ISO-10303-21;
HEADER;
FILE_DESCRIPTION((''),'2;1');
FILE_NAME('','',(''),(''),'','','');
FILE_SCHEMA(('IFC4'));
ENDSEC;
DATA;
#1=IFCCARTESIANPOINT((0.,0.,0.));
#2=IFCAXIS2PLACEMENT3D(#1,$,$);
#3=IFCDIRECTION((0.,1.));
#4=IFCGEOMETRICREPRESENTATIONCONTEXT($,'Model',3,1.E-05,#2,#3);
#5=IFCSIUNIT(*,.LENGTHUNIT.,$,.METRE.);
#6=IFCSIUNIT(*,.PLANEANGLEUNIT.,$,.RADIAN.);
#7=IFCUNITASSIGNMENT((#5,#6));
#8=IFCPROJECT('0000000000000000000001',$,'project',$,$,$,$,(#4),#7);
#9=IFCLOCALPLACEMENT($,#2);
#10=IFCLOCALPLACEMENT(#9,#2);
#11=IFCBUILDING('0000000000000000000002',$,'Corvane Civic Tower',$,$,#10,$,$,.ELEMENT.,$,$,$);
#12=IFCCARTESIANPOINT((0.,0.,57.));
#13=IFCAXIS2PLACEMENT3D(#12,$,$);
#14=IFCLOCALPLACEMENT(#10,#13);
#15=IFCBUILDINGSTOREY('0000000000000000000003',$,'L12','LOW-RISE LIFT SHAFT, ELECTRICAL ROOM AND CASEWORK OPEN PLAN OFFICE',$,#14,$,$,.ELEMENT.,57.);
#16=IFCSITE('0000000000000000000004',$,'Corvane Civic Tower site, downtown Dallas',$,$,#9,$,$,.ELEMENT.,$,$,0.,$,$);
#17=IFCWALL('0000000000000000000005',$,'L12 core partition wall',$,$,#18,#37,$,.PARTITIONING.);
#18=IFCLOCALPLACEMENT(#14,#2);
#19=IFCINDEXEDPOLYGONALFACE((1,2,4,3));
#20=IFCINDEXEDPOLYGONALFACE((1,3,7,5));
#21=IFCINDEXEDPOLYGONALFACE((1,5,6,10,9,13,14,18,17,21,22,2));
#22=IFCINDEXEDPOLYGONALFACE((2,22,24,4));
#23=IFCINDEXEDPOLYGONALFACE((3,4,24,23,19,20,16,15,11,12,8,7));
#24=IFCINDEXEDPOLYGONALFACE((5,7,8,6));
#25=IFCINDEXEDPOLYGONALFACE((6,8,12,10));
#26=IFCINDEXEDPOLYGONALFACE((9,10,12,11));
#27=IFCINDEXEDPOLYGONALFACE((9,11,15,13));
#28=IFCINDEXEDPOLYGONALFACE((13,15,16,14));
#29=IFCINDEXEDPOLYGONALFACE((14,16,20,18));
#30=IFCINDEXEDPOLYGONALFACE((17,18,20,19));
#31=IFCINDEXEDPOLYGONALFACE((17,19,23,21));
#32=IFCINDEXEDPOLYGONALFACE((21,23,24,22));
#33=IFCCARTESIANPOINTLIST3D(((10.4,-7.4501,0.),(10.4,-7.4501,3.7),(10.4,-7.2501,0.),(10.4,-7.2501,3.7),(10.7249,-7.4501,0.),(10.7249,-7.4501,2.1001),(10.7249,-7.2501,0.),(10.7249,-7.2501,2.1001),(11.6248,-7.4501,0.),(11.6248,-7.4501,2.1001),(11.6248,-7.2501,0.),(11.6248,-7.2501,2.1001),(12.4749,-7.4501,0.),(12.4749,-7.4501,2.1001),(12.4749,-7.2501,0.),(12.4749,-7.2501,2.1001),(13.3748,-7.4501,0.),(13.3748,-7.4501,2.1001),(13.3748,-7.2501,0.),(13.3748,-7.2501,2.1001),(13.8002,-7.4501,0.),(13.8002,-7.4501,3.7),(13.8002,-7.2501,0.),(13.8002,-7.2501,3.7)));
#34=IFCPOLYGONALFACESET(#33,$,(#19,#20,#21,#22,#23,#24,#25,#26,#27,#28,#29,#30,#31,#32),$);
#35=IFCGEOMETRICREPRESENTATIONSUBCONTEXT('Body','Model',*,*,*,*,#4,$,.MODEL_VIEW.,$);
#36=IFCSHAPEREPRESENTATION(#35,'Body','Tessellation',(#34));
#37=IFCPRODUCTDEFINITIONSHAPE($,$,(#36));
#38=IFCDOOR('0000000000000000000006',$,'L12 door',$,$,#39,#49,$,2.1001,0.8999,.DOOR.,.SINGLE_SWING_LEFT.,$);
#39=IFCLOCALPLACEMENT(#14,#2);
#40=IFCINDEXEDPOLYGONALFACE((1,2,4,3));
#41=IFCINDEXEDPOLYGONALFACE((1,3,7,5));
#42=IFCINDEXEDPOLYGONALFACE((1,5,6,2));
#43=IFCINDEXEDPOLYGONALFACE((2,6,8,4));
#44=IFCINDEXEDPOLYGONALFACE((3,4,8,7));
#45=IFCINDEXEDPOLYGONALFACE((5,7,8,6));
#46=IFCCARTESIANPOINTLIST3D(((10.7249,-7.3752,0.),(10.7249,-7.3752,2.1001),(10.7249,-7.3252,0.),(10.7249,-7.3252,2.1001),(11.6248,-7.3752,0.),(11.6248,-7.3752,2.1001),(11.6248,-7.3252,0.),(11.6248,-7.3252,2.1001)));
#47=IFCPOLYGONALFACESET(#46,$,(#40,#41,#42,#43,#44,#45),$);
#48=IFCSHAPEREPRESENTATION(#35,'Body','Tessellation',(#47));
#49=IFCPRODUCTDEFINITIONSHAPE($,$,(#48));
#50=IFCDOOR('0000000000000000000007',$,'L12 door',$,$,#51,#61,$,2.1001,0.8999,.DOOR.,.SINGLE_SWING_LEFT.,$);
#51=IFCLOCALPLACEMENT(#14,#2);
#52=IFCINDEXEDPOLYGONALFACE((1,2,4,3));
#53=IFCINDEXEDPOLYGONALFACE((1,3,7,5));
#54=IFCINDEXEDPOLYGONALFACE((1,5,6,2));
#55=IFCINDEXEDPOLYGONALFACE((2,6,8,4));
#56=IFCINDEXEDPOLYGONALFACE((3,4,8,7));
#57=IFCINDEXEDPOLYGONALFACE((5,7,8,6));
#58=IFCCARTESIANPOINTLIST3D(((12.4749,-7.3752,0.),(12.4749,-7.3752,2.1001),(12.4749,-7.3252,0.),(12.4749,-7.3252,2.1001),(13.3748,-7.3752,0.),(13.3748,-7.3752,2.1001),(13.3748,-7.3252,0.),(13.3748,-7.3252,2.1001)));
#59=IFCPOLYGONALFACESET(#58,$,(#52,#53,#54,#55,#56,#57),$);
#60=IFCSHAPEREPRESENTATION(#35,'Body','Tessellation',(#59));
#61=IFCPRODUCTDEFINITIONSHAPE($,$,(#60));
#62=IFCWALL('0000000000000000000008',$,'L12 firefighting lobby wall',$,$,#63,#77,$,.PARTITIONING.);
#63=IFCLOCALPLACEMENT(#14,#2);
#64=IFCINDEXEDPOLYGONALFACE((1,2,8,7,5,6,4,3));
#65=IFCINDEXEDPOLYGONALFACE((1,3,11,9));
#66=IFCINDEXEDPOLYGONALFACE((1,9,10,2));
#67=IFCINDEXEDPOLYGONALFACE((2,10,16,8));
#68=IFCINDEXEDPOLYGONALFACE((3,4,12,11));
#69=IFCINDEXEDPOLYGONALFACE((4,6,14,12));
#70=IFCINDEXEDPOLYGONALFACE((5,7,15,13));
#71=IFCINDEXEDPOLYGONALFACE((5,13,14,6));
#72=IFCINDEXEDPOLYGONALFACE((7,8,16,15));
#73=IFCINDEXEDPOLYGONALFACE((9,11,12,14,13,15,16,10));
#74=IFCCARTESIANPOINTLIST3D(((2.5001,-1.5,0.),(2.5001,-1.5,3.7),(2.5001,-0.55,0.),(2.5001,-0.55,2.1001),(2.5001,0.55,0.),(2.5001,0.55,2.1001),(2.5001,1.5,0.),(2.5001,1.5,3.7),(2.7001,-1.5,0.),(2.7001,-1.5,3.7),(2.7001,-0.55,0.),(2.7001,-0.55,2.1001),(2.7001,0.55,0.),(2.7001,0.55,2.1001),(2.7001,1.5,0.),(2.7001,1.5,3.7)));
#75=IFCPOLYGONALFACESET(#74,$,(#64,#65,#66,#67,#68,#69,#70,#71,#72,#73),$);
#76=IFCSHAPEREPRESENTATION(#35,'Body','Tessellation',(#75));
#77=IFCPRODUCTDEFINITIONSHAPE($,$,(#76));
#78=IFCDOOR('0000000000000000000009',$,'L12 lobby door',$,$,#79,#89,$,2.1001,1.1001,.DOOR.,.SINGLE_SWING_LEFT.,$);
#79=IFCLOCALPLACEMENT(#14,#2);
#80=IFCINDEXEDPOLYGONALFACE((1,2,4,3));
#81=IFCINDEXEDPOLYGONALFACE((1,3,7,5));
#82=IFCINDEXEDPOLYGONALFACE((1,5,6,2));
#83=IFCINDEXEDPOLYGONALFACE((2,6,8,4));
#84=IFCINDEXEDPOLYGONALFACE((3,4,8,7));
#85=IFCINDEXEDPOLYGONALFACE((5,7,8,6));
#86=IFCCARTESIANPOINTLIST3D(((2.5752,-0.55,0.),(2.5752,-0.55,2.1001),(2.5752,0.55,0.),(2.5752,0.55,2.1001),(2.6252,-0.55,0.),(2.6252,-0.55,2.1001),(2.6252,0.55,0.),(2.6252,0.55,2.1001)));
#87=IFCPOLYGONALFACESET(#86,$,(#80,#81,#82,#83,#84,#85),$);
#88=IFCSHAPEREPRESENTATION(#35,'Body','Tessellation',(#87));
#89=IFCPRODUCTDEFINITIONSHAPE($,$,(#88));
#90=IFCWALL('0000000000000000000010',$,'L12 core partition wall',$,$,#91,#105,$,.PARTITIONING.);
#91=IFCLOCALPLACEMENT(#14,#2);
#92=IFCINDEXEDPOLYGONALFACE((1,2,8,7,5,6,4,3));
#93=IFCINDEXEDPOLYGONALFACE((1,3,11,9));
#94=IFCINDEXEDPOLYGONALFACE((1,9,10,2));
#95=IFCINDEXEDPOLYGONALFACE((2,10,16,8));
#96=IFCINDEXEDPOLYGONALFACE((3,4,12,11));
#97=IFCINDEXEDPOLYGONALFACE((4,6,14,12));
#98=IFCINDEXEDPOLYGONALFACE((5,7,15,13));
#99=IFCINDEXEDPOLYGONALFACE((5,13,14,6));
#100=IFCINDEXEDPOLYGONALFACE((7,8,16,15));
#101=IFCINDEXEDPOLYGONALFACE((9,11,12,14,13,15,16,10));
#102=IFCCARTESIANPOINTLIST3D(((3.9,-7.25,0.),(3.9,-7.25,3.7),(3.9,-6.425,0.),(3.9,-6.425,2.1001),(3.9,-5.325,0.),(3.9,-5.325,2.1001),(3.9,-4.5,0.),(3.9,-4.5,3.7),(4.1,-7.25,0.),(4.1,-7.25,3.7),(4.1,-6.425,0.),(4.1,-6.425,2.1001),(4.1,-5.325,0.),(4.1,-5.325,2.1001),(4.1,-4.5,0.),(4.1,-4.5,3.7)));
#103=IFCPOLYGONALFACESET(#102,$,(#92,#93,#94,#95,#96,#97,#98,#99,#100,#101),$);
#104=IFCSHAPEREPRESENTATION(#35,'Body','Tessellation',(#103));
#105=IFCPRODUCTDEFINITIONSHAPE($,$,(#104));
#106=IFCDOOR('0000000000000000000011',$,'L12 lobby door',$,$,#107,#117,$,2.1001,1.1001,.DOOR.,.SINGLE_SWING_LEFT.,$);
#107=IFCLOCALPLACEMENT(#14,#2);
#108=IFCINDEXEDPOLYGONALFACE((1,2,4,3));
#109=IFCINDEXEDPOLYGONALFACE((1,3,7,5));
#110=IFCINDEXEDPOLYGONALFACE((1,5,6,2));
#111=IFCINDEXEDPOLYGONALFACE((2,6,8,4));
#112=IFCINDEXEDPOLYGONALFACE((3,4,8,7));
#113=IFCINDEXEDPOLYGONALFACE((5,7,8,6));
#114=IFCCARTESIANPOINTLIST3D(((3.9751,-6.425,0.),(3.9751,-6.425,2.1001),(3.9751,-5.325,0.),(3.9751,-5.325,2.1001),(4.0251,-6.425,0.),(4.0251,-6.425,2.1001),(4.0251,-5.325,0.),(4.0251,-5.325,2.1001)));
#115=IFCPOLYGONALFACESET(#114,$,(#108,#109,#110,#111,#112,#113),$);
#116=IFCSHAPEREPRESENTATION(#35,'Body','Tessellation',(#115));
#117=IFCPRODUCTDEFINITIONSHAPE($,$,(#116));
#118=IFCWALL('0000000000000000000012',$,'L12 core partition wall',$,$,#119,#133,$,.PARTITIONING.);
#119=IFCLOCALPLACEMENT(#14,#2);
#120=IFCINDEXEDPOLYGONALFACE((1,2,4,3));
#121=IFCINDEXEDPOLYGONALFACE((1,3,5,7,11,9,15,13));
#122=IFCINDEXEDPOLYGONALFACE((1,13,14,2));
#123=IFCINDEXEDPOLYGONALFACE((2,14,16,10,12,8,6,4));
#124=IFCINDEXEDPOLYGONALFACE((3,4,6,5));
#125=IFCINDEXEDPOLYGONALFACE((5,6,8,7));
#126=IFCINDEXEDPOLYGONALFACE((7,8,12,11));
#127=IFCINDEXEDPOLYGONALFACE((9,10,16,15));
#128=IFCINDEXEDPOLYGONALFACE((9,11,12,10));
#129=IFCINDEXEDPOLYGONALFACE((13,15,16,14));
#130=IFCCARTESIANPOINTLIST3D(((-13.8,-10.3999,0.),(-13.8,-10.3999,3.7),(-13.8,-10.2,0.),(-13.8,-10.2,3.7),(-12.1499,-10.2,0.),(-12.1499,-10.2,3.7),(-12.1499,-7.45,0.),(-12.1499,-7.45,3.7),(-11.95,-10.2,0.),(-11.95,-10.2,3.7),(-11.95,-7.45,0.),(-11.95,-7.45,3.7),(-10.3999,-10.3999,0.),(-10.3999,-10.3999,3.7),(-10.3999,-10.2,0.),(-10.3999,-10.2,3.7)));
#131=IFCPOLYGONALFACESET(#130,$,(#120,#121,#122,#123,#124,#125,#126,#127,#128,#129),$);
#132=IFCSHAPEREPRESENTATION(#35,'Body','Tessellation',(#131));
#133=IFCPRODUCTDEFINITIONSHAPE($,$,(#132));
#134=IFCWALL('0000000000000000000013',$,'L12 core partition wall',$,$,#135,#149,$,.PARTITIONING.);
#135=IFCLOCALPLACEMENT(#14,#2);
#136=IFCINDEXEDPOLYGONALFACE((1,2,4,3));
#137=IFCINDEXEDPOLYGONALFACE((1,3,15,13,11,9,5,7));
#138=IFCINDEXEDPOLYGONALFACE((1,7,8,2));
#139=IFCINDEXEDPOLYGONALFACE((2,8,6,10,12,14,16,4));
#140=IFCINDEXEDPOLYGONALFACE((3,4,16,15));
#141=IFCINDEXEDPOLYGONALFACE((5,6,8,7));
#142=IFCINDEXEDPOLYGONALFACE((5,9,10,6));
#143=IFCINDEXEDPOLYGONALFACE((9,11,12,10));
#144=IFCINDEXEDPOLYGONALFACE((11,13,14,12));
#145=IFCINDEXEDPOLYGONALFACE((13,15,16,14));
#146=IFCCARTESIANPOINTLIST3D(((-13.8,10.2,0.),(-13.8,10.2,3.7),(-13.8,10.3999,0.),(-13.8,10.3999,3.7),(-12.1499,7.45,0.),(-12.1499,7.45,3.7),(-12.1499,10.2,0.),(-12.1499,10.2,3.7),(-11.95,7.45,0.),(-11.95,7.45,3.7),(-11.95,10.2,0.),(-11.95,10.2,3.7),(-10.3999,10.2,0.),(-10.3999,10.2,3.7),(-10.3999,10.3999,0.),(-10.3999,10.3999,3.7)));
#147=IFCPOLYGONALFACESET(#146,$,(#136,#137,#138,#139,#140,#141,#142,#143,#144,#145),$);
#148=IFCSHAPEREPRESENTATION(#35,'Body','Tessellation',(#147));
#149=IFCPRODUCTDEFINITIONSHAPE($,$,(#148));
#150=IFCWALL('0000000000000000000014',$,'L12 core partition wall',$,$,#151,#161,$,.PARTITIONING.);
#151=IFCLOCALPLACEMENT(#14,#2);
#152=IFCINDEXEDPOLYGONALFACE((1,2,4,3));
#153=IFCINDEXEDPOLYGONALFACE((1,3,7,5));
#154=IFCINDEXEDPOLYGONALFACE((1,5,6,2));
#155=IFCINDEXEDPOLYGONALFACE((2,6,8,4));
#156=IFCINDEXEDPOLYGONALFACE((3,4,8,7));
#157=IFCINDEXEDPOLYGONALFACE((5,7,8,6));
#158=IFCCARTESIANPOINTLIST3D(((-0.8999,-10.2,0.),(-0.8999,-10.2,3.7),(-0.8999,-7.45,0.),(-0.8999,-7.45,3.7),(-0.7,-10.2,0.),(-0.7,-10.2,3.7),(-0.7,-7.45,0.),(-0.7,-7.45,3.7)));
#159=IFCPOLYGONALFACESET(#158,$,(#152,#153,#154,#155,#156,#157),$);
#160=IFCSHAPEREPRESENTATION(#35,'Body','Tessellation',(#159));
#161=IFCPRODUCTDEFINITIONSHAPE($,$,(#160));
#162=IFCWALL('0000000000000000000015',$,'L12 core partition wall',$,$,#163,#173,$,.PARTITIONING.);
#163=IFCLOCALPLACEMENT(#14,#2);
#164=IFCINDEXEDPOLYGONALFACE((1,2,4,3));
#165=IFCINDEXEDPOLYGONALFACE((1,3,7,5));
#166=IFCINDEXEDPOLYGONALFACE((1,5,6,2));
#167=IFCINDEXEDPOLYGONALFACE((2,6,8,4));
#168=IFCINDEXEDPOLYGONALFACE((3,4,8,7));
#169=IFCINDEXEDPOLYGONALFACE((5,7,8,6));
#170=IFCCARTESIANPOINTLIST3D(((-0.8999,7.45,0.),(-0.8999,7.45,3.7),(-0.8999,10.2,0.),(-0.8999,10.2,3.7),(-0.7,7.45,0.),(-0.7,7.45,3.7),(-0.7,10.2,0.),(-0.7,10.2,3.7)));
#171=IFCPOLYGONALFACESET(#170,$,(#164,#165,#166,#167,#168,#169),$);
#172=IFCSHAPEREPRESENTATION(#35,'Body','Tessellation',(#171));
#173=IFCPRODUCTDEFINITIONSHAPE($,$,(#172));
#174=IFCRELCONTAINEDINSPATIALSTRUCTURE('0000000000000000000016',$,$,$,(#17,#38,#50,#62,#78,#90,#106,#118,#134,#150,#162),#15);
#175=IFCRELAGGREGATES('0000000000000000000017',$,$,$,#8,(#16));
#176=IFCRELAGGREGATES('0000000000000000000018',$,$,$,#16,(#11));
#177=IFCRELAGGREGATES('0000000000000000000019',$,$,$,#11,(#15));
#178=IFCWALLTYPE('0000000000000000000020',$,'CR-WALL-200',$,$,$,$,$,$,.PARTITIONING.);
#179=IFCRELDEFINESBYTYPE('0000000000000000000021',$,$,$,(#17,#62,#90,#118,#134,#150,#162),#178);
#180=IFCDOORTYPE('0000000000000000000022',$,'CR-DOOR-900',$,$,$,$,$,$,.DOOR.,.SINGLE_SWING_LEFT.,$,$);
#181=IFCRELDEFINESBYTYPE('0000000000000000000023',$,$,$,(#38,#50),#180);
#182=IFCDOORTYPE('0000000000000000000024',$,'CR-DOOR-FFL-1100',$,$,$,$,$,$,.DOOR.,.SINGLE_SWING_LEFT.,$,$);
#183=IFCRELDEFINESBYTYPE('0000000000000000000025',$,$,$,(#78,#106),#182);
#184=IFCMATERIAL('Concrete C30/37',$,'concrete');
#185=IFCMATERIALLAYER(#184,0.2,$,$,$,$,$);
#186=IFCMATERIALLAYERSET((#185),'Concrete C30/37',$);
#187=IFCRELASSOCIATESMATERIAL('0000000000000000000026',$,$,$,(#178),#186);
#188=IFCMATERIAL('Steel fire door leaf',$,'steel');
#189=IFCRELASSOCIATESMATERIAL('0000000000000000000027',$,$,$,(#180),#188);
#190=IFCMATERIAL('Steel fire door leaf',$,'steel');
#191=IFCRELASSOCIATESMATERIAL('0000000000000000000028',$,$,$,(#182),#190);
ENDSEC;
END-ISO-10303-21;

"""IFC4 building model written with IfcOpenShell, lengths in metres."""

from ifc_helpers import new_model, si_unit, direction, frame, frame_2d, origin, place, context, subcontext, project, spatial, polyline, rectangle, outline, extrude, material, layer, layer_set, type_object, element, fill, save


model = new_model("IFC4")

# Units and contexts
model_context = context("Model", 3, precision=1e-05, world=origin(), true_north=direction((0.0, 1.0)))
body_context = subcontext(model_context, "Body", "Model", "MODEL_VIEW")
ifc_project = project(units=[si_unit("LENGTHUNIT", "METRE"), si_unit("PLANEANGLEUNIT", "RADIAN")], contexts=[model_context])

# Site, building, storey
site_placement = place(None, origin())
site = spatial("IfcSite", under=ifc_project, at=site_placement, Name="Corvane Civic Tower site, downtown Dallas", CompositionType="ELEMENT", RefElevation=0.0)
building_placement = place(site_placement, origin())
building = spatial("IfcBuilding", under=site, at=building_placement, Name="Corvane Civic Tower", CompositionType="ELEMENT")
storey_placement = place(building_placement, frame((0.0, 0.0, 57.0)))
storey = spatial("IfcBuildingStorey", under=building, at=storey_placement, Name="L12", Description="LOW-RISE LIFT SHAFT, ELECTRICAL ROOM AND CASEWORK OPEN PLAN OFFICE", CompositionType="ELEMENT", Elevation=57.0)

# Wall, openings, doors
ifc_material_1 = material(Name="Concrete C30/37", Category="concrete")
ifc_layer_1 = layer(ifc_material_1, 0.2)
ifc_layer_set_1 = layer_set([ifc_layer_1], Name="Concrete C30/37")
wall_type_1 = type_object("IfcWallType", Name="CR-WALL-200", PredefinedType="PARTITIONING", material=ifc_layer_set_1)
wall_1_placement = place(storey_placement, frame((10.3999, -7.3501, 0.0), z_axis=(0.0, 0.0, 1.0), x_axis=(1.0, 0.0, 0.0)))
wall_1 = element("IfcWall", 1, at=wall_1_placement, inside=storey, type_object=wall_type_1, Name="L12 core partition wall", PredefinedType="PARTITIONING", context=body_context, shape_type="SweptSolid", body=[
    extrude(rectangle(XDim=3.4001, YDim=0.2, at=frame_2d((1.7002, 0.0))), origin(), (0.0, 0.0, 1.0), 3.7),
])
opening_1_placement = place(wall_1_placement, frame((0.325, 0.0, 0.0)))
opening_1 = element("IfcOpeningElement", 2, at=opening_1_placement, cuts=wall_1, PredefinedType="OPENING", context=body_context, shape_type="SweptSolid", body=[
    extrude(rectangle(XDim=0.8999, YDim=2.1001, at=frame_2d((0.45, 1.05))), frame((0.0, 0.1099, 0.0), z_axis=(0.0, -1.0, 0.0), x_axis=(1.0, 0.0, 0.0)), (0.0, 0.0, 1.0), 0.22),
])
opening_2_placement = place(wall_1_placement, frame((2.075, 0.0, 0.0)))
opening_2 = element("IfcOpeningElement", 3, at=opening_2_placement, cuts=wall_1, PredefinedType="OPENING", context=body_context, shape_type="SweptSolid", body=[
    extrude(rectangle(XDim=0.8999, YDim=2.1001, at=frame_2d((0.45, 1.05))), frame((0.0, 0.1099, 0.0), z_axis=(0.0, -1.0, 0.0), x_axis=(1.0, 0.0, 0.0)), (0.0, 0.0, 1.0), 0.22),
])
ifc_material_2 = material(Name="Steel fire door leaf", Category="steel")
door_type_1 = type_object("IfcDoorType", Name="CR-DOOR-900", OperationType="SINGLE_SWING_LEFT", PredefinedType="DOOR", material=ifc_material_2)
door_1_placement = place(opening_1_placement, origin())
door_1 = element("IfcDoor", 4, at=door_1_placement, inside=storey, type_object=door_type_1, Name="L12 door", OperationType="SINGLE_SWING_LEFT", OverallHeight=2.1001, OverallWidth=0.8999, PredefinedType="DOOR", context=body_context, shape_type="SweptSolid", body=[
    extrude(rectangle(XDim=0.8999, YDim=2.1001, at=frame_2d((0.45, 1.05))), frame((0.0, 0.0249, 0.0), z_axis=(0.0, -1.0, 0.0), x_axis=(1.0, 0.0, 0.0)), (0.0, 0.0, 1.0), 0.05),
])
fill(opening_1, door_1)
door_2_placement = place(opening_2_placement, origin())
door_2 = element("IfcDoor", 5, at=door_2_placement, inside=storey, type_object=door_type_1, Name="L12 door", OperationType="SINGLE_SWING_LEFT", OverallHeight=2.1001, OverallWidth=0.8999, PredefinedType="DOOR", context=body_context, shape_type="SweptSolid", body=[
    extrude(rectangle(XDim=0.8999, YDim=2.1001, at=frame_2d((0.45, 1.05))), frame((0.0, 0.0249, 0.0), z_axis=(0.0, -1.0, 0.0), x_axis=(1.0, 0.0, 0.0)), (0.0, 0.0, 1.0), 0.05),
])
fill(opening_2, door_2)

# Walls, openings, doors
wall_2_placement = place(storey_placement, frame((2.6001, -1.5, 0.0), z_axis=(0.0, 0.0, 1.0), x_axis=(0.0, 1.0, 0.0)))
wall_2 = element("IfcWall", 6, at=wall_2_placement, inside=storey, type_object=wall_type_1, Name="L12 firefighting lobby wall", PredefinedType="PARTITIONING", context=body_context, shape_type="SweptSolid", body=[
    extrude(rectangle(XDim=3.0, YDim=0.2, at=frame_2d((1.5, 0.0))), origin(), (0.0, 0.0, 1.0), 3.7),
])
opening_3_placement = place(wall_2_placement, frame((0.95, 0.0, 0.0)))
opening_3 = element("IfcOpeningElement", 7, at=opening_3_placement, cuts=wall_2, PredefinedType="OPENING", context=body_context, shape_type="SweptSolid", body=[
    extrude(rectangle(XDim=1.1001, YDim=2.1001, at=frame_2d((0.55, 1.05))), frame((0.0, 0.1099, 0.0), z_axis=(0.0, -1.0, 0.0), x_axis=(1.0, 0.0, 0.0)), (0.0, 0.0, 1.0), 0.22),
])
ifc_material_3 = material(Name="Steel fire door leaf", Category="steel")
door_type_2 = type_object("IfcDoorType", Name="CR-DOOR-FFL-1100", OperationType="SINGLE_SWING_LEFT", PredefinedType="DOOR", material=ifc_material_3)
door_3_placement = place(opening_3_placement, origin())
door_3 = element("IfcDoor", 8, at=door_3_placement, inside=storey, type_object=door_type_2, Name="L12 lobby door", OperationType="SINGLE_SWING_LEFT", OverallHeight=2.1001, OverallWidth=1.1001, PredefinedType="DOOR", context=body_context, shape_type="SweptSolid", body=[
    extrude(rectangle(XDim=1.1001, YDim=2.1001, at=frame_2d((0.55, 1.05))), frame((0.0, 0.0249, 0.0), z_axis=(0.0, -1.0, 0.0), x_axis=(1.0, 0.0, 0.0)), (0.0, 0.0, 1.0), 0.05),
])
fill(opening_3, door_3)
wall_3_placement = place(storey_placement, frame((4.0, -7.25, 0.0), z_axis=(0.0, 0.0, 1.0), x_axis=(0.0, 1.0, 0.0)))
wall_3 = element("IfcWall", 9, at=wall_3_placement, inside=storey, type_object=wall_type_1, Name="L12 core partition wall", PredefinedType="PARTITIONING", context=body_context, shape_type="SweptSolid", body=[
    extrude(rectangle(XDim=2.75, YDim=0.2, at=frame_2d((1.375, 0.0))), origin(), (0.0, 0.0, 1.0), 3.7),
])
opening_4_placement = place(wall_3_placement, frame((0.825, 0.0, 0.0)))
opening_4 = element("IfcOpeningElement", 10, at=opening_4_placement, cuts=wall_3, PredefinedType="OPENING", context=body_context, shape_type="SweptSolid", body=[
    extrude(rectangle(XDim=1.1001, YDim=2.1001, at=frame_2d((0.55, 1.05))), frame((0.0, 0.1099, 0.0), z_axis=(0.0, -1.0, 0.0), x_axis=(1.0, 0.0, 0.0)), (0.0, 0.0, 1.0), 0.22),
])
door_4_placement = place(opening_4_placement, origin())
door_4 = element("IfcDoor", 11, at=door_4_placement, inside=storey, type_object=door_type_2, Name="L12 lobby door", OperationType="SINGLE_SWING_LEFT", OverallHeight=2.1001, OverallWidth=1.1001, PredefinedType="DOOR", context=body_context, shape_type="SweptSolid", body=[
    extrude(rectangle(XDim=1.1001, YDim=2.1001, at=frame_2d((0.55, 1.05))), frame((0.0, 0.0249, 0.0), z_axis=(0.0, -1.0, 0.0), x_axis=(1.0, 0.0, 0.0)), (0.0, 0.0, 1.0), 0.05),
])
fill(opening_4, door_4)

# Walls
wall_4_placement = place(storey_placement, origin())
element("IfcWall", 12, at=wall_4_placement, inside=storey, type_object=wall_type_1, Name="L12 core partition wall", PredefinedType="PARTITIONING", context=body_context, shape_type="SweptSolid", body=[
    extrude(outline(polyline([(-12.1499, -7.45), (-11.95, -7.45), (-11.95, -10.2), (-10.3999, -10.2), (-10.3999, -10.3999), (-13.8, -10.3999), (-13.8, -10.2), (-12.1499, -10.2), (-12.1499, -7.45)])), origin(), (0.0, 0.0, 1.0), 3.7),
])
wall_5_placement = place(storey_placement, origin())
element("IfcWall", 13, at=wall_5_placement, inside=storey, type_object=wall_type_1, Name="L12 core partition wall", PredefinedType="PARTITIONING", context=body_context, shape_type="SweptSolid", body=[
    extrude(outline(polyline([(-13.8, 10.3999), (-10.3999, 10.3999), (-10.3999, 10.2), (-11.95, 10.2), (-11.95, 7.45), (-12.1499, 7.45), (-12.1499, 10.2), (-13.8, 10.2), (-13.8, 10.3999)])), origin(), (0.0, 0.0, 1.0), 3.7),
])
wall_6_placement = place(storey_placement, origin())
element("IfcWall", 14, at=wall_6_placement, inside=storey, type_object=wall_type_1, Name="L12 core partition wall", PredefinedType="PARTITIONING", context=body_context, shape_type="SweptSolid", body=[
    extrude(outline(polyline([(-0.7, -10.2), (-0.8999, -10.2), (-0.8999, -7.45), (-0.7, -7.45), (-0.7, -10.2)])), origin(), (0.0, 0.0, 1.0), 3.7),
])
wall_7_placement = place(storey_placement, origin())
element("IfcWall", 15, at=wall_7_placement, inside=storey, type_object=wall_type_1, Name="L12 core partition wall", PredefinedType="PARTITIONING", context=body_context, shape_type="SweptSolid", body=[
    extrude(outline(polyline([(-0.7, 7.45), (-0.8999, 7.45), (-0.8999, 10.2), (-0.7, 10.2), (-0.7, 7.45)])), origin(), (0.0, 0.0, 1.0), 3.7),
])

save(model, "model.ifc")
